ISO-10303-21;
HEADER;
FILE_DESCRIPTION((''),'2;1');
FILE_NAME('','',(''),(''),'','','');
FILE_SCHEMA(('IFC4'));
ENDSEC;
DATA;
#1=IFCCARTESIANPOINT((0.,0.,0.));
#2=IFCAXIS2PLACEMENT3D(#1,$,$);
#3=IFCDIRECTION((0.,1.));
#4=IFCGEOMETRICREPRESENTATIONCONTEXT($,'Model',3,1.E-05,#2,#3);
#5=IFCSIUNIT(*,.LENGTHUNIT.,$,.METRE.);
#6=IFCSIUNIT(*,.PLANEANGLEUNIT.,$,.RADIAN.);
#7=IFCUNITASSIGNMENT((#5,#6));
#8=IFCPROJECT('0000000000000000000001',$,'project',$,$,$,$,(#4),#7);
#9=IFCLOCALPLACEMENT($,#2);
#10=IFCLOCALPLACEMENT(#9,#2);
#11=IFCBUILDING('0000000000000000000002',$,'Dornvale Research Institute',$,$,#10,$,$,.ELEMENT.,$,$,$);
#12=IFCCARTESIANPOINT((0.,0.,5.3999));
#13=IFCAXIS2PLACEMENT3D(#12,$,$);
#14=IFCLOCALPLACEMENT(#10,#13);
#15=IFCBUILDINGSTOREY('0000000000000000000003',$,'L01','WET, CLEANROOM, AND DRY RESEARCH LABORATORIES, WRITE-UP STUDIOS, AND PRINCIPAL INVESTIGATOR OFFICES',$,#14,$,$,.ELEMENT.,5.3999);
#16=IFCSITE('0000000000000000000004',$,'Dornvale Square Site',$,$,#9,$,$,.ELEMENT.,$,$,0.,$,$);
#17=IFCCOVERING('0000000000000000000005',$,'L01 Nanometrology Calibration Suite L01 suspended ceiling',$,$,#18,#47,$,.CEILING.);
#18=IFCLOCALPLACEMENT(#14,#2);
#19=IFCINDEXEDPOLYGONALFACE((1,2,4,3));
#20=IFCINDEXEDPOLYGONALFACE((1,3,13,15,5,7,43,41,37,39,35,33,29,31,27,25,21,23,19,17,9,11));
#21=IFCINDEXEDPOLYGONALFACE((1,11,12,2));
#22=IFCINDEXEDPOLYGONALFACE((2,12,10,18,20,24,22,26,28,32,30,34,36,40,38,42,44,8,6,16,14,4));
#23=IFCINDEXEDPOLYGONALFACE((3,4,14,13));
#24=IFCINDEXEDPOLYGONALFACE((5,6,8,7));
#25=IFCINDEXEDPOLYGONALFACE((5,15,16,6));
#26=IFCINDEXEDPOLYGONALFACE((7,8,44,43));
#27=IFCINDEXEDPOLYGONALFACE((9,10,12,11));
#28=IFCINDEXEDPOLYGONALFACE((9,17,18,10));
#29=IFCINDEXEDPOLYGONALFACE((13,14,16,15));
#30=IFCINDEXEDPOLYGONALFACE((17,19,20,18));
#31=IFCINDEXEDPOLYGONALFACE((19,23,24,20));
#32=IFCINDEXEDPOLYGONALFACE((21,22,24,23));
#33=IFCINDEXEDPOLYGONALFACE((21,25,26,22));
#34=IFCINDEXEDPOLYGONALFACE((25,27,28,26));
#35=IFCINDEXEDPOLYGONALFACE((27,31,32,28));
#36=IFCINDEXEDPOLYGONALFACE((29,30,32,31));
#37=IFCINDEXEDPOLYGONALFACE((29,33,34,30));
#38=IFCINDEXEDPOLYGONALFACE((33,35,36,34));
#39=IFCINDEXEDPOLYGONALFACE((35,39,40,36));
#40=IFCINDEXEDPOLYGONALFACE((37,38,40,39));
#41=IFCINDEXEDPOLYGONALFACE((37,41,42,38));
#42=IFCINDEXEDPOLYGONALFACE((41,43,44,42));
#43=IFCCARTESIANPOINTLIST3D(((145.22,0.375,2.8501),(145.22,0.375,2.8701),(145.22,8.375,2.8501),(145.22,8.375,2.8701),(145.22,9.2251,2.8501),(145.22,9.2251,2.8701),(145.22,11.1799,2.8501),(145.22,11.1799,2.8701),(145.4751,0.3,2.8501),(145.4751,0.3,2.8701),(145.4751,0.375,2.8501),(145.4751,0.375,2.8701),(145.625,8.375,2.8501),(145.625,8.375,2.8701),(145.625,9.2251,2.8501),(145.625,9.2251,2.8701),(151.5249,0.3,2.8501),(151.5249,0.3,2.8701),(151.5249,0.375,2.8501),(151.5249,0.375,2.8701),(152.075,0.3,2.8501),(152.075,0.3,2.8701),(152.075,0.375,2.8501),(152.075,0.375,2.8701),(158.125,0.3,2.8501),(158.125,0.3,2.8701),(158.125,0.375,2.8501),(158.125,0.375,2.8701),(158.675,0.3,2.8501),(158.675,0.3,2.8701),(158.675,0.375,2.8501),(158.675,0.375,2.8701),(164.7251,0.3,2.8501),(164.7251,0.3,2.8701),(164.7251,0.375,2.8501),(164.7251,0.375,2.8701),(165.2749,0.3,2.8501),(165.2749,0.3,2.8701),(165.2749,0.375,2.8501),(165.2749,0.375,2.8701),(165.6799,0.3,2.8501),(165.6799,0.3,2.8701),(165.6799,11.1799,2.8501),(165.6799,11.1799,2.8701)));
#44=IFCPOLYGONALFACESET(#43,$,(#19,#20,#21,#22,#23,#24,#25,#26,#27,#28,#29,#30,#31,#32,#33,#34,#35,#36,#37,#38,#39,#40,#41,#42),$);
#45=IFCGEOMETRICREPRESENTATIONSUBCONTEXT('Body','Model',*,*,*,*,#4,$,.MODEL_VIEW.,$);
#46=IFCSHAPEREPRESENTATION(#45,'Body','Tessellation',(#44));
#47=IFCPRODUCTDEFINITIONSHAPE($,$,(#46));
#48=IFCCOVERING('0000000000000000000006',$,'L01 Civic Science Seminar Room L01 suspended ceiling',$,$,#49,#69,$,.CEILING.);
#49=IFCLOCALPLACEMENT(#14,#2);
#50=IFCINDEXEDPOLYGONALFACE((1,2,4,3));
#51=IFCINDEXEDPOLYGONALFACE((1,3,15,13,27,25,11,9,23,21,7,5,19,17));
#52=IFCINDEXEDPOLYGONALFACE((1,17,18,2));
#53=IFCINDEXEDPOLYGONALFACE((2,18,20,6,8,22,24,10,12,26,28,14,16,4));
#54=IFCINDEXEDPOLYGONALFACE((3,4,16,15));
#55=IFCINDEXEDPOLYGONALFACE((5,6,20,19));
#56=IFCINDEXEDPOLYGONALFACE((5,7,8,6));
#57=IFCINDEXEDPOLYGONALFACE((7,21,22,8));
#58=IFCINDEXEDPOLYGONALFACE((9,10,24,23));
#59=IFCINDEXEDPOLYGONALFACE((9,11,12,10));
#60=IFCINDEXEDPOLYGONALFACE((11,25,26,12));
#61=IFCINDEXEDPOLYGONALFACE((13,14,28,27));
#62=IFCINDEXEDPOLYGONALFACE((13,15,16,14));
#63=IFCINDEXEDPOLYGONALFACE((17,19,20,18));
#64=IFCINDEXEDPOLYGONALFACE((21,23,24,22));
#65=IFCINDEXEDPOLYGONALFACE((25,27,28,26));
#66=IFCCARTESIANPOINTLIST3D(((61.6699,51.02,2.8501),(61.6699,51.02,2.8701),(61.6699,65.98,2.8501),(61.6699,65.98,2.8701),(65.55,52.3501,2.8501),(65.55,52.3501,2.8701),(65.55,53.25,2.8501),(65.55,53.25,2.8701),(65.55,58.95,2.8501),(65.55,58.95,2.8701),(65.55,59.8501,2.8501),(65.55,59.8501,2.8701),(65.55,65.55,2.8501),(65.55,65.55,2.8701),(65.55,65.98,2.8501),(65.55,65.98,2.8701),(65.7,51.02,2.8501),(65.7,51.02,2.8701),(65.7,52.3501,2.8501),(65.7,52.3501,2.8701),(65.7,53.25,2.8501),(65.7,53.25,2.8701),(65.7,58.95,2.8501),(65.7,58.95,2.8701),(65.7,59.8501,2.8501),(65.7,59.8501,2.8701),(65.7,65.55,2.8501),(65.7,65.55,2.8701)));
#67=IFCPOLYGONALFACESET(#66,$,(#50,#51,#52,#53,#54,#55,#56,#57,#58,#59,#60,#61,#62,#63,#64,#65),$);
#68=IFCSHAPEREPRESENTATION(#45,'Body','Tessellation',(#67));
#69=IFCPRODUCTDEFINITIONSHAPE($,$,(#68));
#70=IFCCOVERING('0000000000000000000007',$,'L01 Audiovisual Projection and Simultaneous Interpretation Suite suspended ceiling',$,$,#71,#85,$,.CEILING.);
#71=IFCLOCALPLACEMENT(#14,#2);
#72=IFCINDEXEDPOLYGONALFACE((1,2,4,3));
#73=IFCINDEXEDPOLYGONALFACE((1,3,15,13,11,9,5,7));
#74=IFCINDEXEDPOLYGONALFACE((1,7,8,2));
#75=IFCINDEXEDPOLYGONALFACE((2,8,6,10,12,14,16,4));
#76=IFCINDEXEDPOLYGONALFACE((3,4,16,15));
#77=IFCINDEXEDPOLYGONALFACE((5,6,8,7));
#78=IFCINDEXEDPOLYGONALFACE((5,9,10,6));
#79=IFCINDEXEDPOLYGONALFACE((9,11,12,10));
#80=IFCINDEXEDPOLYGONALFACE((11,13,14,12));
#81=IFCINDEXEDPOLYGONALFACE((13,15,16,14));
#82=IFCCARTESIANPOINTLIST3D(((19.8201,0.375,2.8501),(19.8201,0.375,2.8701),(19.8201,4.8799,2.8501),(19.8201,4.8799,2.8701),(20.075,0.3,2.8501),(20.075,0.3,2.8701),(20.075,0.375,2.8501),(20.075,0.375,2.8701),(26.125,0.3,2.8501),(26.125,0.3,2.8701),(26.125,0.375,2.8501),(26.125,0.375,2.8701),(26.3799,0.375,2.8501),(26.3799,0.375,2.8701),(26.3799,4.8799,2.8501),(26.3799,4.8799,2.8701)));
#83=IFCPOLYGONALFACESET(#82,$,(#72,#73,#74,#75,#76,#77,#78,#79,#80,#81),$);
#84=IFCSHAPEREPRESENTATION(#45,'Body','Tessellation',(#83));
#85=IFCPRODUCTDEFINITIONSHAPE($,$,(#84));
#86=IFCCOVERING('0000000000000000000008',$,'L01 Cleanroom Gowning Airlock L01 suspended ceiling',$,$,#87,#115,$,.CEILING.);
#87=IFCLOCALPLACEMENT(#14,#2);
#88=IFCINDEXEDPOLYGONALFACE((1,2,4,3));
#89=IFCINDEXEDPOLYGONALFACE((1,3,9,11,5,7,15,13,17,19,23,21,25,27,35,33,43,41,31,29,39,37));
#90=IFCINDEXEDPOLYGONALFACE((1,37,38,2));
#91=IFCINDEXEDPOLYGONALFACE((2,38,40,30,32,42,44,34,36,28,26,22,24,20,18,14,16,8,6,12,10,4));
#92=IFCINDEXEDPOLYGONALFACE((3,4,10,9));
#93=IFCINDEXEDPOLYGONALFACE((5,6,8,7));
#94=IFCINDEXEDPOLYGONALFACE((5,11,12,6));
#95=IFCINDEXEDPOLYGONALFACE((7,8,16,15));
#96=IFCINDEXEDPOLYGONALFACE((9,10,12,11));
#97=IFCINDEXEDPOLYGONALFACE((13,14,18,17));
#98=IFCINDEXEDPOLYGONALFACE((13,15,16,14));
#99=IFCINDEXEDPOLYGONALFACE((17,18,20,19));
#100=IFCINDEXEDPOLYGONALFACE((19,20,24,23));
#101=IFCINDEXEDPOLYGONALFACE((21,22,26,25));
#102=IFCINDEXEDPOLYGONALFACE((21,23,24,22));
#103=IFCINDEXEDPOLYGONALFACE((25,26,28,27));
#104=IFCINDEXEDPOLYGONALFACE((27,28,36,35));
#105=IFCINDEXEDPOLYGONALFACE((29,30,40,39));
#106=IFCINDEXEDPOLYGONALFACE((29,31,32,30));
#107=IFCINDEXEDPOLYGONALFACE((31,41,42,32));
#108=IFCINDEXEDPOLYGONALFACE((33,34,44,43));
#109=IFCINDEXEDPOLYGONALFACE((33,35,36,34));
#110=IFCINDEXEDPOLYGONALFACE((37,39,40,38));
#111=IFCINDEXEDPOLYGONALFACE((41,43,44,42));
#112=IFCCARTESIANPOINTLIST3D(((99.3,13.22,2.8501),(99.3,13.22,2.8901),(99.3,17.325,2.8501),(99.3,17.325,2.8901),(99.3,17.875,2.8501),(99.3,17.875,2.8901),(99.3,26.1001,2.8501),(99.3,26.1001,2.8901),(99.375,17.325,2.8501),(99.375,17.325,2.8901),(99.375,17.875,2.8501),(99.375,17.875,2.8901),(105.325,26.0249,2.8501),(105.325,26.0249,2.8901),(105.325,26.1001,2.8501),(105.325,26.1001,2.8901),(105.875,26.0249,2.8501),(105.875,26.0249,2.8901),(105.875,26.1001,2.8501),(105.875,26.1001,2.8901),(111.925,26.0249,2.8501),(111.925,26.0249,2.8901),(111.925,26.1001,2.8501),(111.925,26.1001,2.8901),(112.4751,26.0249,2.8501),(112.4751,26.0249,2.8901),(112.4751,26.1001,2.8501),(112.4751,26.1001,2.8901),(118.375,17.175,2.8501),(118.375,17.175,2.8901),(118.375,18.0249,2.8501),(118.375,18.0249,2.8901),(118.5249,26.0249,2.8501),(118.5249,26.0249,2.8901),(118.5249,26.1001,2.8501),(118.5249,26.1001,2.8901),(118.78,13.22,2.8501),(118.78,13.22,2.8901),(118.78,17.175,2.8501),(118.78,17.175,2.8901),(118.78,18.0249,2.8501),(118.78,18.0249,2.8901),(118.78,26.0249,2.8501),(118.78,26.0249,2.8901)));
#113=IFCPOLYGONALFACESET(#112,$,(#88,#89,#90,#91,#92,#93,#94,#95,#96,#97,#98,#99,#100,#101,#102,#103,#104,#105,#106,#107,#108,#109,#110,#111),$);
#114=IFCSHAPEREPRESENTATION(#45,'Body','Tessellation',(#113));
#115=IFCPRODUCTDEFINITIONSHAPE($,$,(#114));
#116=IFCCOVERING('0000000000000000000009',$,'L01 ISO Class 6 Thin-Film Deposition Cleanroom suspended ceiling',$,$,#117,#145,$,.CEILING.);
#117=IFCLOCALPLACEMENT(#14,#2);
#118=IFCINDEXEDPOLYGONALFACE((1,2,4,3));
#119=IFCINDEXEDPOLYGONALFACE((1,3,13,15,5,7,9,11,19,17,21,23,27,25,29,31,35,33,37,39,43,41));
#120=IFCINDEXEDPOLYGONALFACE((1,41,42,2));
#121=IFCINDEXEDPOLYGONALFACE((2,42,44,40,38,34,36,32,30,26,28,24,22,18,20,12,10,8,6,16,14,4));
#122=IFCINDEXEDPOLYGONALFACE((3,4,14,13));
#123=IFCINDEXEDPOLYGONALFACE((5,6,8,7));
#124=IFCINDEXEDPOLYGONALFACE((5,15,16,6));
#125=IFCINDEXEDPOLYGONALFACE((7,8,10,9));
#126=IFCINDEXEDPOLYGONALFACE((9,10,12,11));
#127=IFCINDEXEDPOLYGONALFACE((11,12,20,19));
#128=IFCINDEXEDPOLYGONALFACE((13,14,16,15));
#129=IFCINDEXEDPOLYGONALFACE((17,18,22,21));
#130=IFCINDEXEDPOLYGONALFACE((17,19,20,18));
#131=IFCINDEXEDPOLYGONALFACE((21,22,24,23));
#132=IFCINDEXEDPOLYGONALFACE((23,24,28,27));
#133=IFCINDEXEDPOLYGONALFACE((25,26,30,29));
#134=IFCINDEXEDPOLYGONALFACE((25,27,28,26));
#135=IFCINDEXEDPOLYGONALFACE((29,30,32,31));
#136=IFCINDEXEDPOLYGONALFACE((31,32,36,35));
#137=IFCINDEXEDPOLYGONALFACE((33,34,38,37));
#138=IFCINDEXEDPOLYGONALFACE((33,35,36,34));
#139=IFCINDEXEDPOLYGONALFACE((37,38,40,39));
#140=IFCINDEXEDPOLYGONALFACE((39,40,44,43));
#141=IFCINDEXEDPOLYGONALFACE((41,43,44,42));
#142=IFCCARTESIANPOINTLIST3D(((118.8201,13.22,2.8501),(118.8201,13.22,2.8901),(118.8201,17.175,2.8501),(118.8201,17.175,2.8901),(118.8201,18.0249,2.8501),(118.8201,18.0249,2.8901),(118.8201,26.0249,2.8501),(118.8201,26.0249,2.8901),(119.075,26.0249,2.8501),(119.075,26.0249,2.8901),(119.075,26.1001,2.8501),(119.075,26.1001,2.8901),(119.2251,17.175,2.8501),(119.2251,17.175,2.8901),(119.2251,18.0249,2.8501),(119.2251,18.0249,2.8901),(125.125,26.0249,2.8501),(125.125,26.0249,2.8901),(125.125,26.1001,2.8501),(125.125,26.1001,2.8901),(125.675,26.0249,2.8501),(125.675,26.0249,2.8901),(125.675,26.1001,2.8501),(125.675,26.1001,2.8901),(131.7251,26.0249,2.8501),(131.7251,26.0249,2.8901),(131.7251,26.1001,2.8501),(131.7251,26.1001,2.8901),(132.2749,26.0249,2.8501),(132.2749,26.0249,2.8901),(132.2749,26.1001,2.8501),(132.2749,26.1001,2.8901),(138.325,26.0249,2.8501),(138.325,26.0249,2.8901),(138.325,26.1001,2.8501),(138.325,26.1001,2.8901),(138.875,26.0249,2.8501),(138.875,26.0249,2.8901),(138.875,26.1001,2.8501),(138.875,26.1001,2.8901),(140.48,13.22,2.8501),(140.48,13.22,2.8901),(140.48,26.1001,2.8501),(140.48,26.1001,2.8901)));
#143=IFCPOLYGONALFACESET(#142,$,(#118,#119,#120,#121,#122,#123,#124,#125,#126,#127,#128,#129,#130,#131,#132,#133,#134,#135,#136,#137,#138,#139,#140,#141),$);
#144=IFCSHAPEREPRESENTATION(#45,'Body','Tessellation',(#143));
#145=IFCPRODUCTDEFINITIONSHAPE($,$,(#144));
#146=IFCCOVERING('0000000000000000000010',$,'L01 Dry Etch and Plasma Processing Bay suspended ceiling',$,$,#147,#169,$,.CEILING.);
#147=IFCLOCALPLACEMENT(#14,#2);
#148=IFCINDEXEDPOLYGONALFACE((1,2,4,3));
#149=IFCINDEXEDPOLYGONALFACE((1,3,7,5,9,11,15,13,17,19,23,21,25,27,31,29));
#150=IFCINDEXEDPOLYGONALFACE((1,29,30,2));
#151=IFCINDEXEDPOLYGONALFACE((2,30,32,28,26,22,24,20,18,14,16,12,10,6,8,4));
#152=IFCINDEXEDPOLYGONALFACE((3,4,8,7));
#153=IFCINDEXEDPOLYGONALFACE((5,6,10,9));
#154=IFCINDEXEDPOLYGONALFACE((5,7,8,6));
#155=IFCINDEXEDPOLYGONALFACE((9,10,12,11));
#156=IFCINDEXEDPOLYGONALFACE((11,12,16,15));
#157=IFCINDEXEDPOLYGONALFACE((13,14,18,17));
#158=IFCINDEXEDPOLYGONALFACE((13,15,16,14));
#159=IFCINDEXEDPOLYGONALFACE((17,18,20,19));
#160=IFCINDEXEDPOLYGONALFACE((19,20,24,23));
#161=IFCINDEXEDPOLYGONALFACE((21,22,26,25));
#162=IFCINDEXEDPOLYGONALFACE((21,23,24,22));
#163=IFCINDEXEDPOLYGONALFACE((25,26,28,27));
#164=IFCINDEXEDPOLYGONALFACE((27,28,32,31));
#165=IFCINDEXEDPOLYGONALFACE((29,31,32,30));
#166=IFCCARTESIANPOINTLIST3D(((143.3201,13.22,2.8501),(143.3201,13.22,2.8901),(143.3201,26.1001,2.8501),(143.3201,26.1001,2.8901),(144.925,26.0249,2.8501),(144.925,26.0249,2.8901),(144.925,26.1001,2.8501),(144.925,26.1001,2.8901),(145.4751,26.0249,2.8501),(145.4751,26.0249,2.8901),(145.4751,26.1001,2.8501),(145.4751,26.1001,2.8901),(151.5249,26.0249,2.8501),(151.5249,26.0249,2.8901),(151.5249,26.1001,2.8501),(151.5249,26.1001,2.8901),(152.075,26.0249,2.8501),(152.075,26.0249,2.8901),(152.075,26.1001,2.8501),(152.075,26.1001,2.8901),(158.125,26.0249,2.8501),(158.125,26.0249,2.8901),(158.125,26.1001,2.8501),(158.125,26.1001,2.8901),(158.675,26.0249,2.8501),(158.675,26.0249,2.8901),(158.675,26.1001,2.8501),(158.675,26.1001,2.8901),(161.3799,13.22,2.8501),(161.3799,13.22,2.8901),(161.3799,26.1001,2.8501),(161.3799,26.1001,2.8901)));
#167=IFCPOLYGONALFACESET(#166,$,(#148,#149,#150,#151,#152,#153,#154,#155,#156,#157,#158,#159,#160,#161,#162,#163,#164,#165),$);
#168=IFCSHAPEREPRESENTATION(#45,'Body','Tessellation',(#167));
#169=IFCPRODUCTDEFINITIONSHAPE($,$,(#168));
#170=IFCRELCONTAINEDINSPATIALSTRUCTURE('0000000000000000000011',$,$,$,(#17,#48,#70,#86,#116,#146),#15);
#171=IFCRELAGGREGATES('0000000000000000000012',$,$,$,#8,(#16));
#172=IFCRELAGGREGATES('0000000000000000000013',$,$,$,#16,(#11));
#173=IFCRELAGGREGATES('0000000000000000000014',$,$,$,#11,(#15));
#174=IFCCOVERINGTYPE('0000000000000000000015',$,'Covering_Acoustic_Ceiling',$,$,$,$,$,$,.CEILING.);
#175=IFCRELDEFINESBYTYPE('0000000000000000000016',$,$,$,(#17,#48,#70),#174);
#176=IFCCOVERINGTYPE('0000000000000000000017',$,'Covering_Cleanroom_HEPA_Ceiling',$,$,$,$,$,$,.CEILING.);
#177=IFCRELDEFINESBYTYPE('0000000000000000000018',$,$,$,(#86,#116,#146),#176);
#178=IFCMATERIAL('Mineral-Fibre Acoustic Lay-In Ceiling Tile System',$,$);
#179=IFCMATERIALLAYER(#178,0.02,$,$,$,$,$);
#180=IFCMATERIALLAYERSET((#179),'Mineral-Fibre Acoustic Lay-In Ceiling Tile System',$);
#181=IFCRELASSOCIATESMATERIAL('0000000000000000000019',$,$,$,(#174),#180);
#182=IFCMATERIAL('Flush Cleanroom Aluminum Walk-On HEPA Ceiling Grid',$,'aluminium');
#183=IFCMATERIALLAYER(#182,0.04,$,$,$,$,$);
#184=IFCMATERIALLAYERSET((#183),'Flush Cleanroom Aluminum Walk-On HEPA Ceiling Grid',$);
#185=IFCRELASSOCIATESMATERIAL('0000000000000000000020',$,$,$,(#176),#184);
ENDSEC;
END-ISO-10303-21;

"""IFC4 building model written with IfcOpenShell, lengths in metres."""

from ifc_helpers import new_model, si_unit, direction, frame, origin, place, context, subcontext, project, spatial, polyline, outline, extrude, material, layer, layer_set, type_object, element, save


model = new_model("IFC4")

# Units and contexts
model_context = context("Model", 3, precision=1e-05, world=origin(), true_north=direction((0.0, 1.0)))
body_context = subcontext(model_context, "Body", "Model", "MODEL_VIEW")
ifc_project = project(units=[si_unit("LENGTHUNIT", "METRE"), si_unit("PLANEANGLEUNIT", "RADIAN")], contexts=[model_context])

# Site, building, storey
site_placement = place(None, origin())
site = spatial("IfcSite", under=ifc_project, at=site_placement, Name="Dornvale Square Site", CompositionType="ELEMENT", RefElevation=0.0)
building_placement = place(site_placement, origin())
building = spatial("IfcBuilding", under=site, at=building_placement, Name="Dornvale Research Institute", CompositionType="ELEMENT")
storey_placement = place(building_placement, frame((0.0, 0.0, 5.3999)))
storey = spatial("IfcBuildingStorey", under=building, at=storey_placement, Name="L01", Description="WET, CLEANROOM, AND DRY RESEARCH LABORATORIES, WRITE-UP STUDIOS, AND PRINCIPAL INVESTIGATOR OFFICES", CompositionType="ELEMENT", Elevation=5.3999)

# Coverings
ifc_material_1 = material(Name="Mineral-Fibre Acoustic Lay-In Ceiling Tile System")
ifc_layer_1 = layer(ifc_material_1, 0.02)
ifc_layer_set_1 = layer_set([ifc_layer_1], Name="Mineral-Fibre Acoustic Lay-In Ceiling Tile System")
covering_type_1 = type_object("IfcCoveringType", Name="Covering_Acoustic_Ceiling", PredefinedType="CEILING", material=ifc_layer_set_1)
covering_1_placement = place(storey_placement, frame((0.0, 0.0, 2.8501)))
element("IfcCovering", 1, at=covering_1_placement, inside=storey, type_object=covering_type_1, Name="L01 Nanometrology Calibration Suite L01 suspended ceiling", PredefinedType="CEILING", context=body_context, shape_type="SweptSolid", body=[
    extrude(outline(polyline([(165.2749, 0.3), (165.2749, 0.375), (164.7251, 0.375), (164.7251, 0.3), (158.675, 0.3), (158.675, 0.375), (158.125, 0.375), (158.125, 0.3), (152.075, 0.3), (152.075, 0.375), (151.5249, 0.375), (151.5249, 0.3), (145.4751, 0.3), (145.4751, 0.375), (145.22, 0.375), (145.22, 8.375), (145.625, 8.375), (145.625, 9.2251), (145.22, 9.2251), (145.22, 11.1799), (165.6799, 11.1799), (165.6799, 0.3), (165.2749, 0.3)])), origin(), (0.0, 0.0, 1.0), 0.02),
])
covering_2_placement = place(storey_placement, frame((0.0, 0.0, 2.8501)))
element("IfcCovering", 2, at=covering_2_placement, inside=storey, type_object=covering_type_1, Name="L01 Civic Science Seminar Room L01 suspended ceiling", PredefinedType="CEILING", context=body_context, shape_type="SweptSolid", body=[
    extrude(outline(polyline([(65.55, 59.8501), (65.55, 58.95), (65.7, 58.95), (65.7, 53.25), (65.55, 53.25), (65.55, 52.3501), (65.7, 52.3501), (65.7, 51.02), (61.6699, 51.02), (61.6699, 65.98), (65.55, 65.98), (65.55, 65.55), (65.7, 65.55), (65.7, 59.8501), (65.55, 59.8501)])), origin(), (0.0, 0.0, 1.0), 0.02),
])
covering_3_placement = place(storey_placement, frame((0.0, 0.0, 2.8501)))
element("IfcCovering", 3, at=covering_3_placement, inside=storey, type_object=covering_type_1, Name="L01 Audiovisual Projection and Simultaneous Interpretation Suite suspended ceiling", PredefinedType="CEILING", context=body_context, shape_type="SweptSolid", body=[
    extrude(outline(polyline([(26.3799, 4.8799), (26.3799, 0.375), (26.125, 0.375), (26.125, 0.3), (20.075, 0.3), (20.075, 0.375), (19.8201, 0.375), (19.8201, 4.8799), (26.3799, 4.8799)])), origin(), (0.0, 0.0, 1.0), 0.02),
])
ifc_material_2 = material(Name="Flush Cleanroom Aluminum Walk-On HEPA Ceiling Grid", Category="aluminium")
ifc_layer_2 = layer(ifc_material_2, 0.04)
ifc_layer_set_2 = layer_set([ifc_layer_2], Name="Flush Cleanroom Aluminum Walk-On HEPA Ceiling Grid")
covering_type_2 = type_object("IfcCoveringType", Name="Covering_Cleanroom_HEPA_Ceiling", PredefinedType="CEILING", material=ifc_layer_set_2)
covering_4_placement = place(storey_placement, frame((0.0, 0.0, 2.8501)))
element("IfcCovering", 4, at=covering_4_placement, inside=storey, type_object=covering_type_2, Name="L01 Cleanroom Gowning Airlock L01 suspended ceiling", PredefinedType="CEILING", context=body_context, shape_type="SweptSolid", body=[
    extrude(outline(polyline([(112.4751, 26.0249), (112.4751, 26.1001), (118.5249, 26.1001), (118.5249, 26.0249), (118.78, 26.0249), (118.78, 18.0249), (118.375, 18.0249), (118.375, 17.175), (118.78, 17.175), (118.78, 13.22), (99.3, 13.22), (99.3, 17.325), (99.375, 17.325), (99.375, 17.875), (99.3, 17.875), (99.3, 26.1001), (105.325, 26.1001), (105.325, 26.0249), (105.875, 26.0249), (105.875, 26.1001), (111.925, 26.1001), (111.925, 26.0249), (112.4751, 26.0249)])), origin(), (0.0, 0.0, 1.0), 0.04),
])
covering_5_placement = place(storey_placement, frame((0.0, 0.0, 2.8501)))
element("IfcCovering", 5, at=covering_5_placement, inside=storey, type_object=covering_type_2, Name="L01 ISO Class 6 Thin-Film Deposition Cleanroom suspended ceiling", PredefinedType="CEILING", context=body_context, shape_type="SweptSolid", body=[
    extrude(outline(polyline([(118.8201, 13.22), (118.8201, 17.175), (119.2251, 17.175), (119.2251, 18.0249), (118.8201, 18.0249), (118.8201, 26.0249), (119.075, 26.0249), (119.075, 26.1001), (125.125, 26.1001), (125.125, 26.0249), (125.675, 26.0249), (125.675, 26.1001), (131.7251, 26.1001), (131.7251, 26.0249), (132.2749, 26.0249), (132.2749, 26.1001), (138.325, 26.1001), (138.325, 26.0249), (138.875, 26.0249), (138.875, 26.1001), (140.48, 26.1001), (140.48, 13.22), (118.8201, 13.22)])), origin(), (0.0, 0.0, 1.0), 0.04),
])
covering_6_placement = place(storey_placement, frame((0.0, 0.0, 2.8501)))
element("IfcCovering", 6, at=covering_6_placement, inside=storey, type_object=covering_type_2, Name="L01 Dry Etch and Plasma Processing Bay suspended ceiling", PredefinedType="CEILING", context=body_context, shape_type="SweptSolid", body=[
    extrude(outline(polyline([(161.3799, 26.1001), (161.3799, 13.22), (143.3201, 13.22), (143.3201, 26.1001), (144.925, 26.1001), (144.925, 26.0249), (145.4751, 26.0249), (145.4751, 26.1001), (151.5249, 26.1001), (151.5249, 26.0249), (152.075, 26.0249), (152.075, 26.1001), (158.125, 26.1001), (158.125, 26.0249), (158.675, 26.0249), (158.675, 26.1001), (161.3799, 26.1001)])), origin(), (0.0, 0.0, 1.0), 0.04),
])

save(model, "model.ifc")
